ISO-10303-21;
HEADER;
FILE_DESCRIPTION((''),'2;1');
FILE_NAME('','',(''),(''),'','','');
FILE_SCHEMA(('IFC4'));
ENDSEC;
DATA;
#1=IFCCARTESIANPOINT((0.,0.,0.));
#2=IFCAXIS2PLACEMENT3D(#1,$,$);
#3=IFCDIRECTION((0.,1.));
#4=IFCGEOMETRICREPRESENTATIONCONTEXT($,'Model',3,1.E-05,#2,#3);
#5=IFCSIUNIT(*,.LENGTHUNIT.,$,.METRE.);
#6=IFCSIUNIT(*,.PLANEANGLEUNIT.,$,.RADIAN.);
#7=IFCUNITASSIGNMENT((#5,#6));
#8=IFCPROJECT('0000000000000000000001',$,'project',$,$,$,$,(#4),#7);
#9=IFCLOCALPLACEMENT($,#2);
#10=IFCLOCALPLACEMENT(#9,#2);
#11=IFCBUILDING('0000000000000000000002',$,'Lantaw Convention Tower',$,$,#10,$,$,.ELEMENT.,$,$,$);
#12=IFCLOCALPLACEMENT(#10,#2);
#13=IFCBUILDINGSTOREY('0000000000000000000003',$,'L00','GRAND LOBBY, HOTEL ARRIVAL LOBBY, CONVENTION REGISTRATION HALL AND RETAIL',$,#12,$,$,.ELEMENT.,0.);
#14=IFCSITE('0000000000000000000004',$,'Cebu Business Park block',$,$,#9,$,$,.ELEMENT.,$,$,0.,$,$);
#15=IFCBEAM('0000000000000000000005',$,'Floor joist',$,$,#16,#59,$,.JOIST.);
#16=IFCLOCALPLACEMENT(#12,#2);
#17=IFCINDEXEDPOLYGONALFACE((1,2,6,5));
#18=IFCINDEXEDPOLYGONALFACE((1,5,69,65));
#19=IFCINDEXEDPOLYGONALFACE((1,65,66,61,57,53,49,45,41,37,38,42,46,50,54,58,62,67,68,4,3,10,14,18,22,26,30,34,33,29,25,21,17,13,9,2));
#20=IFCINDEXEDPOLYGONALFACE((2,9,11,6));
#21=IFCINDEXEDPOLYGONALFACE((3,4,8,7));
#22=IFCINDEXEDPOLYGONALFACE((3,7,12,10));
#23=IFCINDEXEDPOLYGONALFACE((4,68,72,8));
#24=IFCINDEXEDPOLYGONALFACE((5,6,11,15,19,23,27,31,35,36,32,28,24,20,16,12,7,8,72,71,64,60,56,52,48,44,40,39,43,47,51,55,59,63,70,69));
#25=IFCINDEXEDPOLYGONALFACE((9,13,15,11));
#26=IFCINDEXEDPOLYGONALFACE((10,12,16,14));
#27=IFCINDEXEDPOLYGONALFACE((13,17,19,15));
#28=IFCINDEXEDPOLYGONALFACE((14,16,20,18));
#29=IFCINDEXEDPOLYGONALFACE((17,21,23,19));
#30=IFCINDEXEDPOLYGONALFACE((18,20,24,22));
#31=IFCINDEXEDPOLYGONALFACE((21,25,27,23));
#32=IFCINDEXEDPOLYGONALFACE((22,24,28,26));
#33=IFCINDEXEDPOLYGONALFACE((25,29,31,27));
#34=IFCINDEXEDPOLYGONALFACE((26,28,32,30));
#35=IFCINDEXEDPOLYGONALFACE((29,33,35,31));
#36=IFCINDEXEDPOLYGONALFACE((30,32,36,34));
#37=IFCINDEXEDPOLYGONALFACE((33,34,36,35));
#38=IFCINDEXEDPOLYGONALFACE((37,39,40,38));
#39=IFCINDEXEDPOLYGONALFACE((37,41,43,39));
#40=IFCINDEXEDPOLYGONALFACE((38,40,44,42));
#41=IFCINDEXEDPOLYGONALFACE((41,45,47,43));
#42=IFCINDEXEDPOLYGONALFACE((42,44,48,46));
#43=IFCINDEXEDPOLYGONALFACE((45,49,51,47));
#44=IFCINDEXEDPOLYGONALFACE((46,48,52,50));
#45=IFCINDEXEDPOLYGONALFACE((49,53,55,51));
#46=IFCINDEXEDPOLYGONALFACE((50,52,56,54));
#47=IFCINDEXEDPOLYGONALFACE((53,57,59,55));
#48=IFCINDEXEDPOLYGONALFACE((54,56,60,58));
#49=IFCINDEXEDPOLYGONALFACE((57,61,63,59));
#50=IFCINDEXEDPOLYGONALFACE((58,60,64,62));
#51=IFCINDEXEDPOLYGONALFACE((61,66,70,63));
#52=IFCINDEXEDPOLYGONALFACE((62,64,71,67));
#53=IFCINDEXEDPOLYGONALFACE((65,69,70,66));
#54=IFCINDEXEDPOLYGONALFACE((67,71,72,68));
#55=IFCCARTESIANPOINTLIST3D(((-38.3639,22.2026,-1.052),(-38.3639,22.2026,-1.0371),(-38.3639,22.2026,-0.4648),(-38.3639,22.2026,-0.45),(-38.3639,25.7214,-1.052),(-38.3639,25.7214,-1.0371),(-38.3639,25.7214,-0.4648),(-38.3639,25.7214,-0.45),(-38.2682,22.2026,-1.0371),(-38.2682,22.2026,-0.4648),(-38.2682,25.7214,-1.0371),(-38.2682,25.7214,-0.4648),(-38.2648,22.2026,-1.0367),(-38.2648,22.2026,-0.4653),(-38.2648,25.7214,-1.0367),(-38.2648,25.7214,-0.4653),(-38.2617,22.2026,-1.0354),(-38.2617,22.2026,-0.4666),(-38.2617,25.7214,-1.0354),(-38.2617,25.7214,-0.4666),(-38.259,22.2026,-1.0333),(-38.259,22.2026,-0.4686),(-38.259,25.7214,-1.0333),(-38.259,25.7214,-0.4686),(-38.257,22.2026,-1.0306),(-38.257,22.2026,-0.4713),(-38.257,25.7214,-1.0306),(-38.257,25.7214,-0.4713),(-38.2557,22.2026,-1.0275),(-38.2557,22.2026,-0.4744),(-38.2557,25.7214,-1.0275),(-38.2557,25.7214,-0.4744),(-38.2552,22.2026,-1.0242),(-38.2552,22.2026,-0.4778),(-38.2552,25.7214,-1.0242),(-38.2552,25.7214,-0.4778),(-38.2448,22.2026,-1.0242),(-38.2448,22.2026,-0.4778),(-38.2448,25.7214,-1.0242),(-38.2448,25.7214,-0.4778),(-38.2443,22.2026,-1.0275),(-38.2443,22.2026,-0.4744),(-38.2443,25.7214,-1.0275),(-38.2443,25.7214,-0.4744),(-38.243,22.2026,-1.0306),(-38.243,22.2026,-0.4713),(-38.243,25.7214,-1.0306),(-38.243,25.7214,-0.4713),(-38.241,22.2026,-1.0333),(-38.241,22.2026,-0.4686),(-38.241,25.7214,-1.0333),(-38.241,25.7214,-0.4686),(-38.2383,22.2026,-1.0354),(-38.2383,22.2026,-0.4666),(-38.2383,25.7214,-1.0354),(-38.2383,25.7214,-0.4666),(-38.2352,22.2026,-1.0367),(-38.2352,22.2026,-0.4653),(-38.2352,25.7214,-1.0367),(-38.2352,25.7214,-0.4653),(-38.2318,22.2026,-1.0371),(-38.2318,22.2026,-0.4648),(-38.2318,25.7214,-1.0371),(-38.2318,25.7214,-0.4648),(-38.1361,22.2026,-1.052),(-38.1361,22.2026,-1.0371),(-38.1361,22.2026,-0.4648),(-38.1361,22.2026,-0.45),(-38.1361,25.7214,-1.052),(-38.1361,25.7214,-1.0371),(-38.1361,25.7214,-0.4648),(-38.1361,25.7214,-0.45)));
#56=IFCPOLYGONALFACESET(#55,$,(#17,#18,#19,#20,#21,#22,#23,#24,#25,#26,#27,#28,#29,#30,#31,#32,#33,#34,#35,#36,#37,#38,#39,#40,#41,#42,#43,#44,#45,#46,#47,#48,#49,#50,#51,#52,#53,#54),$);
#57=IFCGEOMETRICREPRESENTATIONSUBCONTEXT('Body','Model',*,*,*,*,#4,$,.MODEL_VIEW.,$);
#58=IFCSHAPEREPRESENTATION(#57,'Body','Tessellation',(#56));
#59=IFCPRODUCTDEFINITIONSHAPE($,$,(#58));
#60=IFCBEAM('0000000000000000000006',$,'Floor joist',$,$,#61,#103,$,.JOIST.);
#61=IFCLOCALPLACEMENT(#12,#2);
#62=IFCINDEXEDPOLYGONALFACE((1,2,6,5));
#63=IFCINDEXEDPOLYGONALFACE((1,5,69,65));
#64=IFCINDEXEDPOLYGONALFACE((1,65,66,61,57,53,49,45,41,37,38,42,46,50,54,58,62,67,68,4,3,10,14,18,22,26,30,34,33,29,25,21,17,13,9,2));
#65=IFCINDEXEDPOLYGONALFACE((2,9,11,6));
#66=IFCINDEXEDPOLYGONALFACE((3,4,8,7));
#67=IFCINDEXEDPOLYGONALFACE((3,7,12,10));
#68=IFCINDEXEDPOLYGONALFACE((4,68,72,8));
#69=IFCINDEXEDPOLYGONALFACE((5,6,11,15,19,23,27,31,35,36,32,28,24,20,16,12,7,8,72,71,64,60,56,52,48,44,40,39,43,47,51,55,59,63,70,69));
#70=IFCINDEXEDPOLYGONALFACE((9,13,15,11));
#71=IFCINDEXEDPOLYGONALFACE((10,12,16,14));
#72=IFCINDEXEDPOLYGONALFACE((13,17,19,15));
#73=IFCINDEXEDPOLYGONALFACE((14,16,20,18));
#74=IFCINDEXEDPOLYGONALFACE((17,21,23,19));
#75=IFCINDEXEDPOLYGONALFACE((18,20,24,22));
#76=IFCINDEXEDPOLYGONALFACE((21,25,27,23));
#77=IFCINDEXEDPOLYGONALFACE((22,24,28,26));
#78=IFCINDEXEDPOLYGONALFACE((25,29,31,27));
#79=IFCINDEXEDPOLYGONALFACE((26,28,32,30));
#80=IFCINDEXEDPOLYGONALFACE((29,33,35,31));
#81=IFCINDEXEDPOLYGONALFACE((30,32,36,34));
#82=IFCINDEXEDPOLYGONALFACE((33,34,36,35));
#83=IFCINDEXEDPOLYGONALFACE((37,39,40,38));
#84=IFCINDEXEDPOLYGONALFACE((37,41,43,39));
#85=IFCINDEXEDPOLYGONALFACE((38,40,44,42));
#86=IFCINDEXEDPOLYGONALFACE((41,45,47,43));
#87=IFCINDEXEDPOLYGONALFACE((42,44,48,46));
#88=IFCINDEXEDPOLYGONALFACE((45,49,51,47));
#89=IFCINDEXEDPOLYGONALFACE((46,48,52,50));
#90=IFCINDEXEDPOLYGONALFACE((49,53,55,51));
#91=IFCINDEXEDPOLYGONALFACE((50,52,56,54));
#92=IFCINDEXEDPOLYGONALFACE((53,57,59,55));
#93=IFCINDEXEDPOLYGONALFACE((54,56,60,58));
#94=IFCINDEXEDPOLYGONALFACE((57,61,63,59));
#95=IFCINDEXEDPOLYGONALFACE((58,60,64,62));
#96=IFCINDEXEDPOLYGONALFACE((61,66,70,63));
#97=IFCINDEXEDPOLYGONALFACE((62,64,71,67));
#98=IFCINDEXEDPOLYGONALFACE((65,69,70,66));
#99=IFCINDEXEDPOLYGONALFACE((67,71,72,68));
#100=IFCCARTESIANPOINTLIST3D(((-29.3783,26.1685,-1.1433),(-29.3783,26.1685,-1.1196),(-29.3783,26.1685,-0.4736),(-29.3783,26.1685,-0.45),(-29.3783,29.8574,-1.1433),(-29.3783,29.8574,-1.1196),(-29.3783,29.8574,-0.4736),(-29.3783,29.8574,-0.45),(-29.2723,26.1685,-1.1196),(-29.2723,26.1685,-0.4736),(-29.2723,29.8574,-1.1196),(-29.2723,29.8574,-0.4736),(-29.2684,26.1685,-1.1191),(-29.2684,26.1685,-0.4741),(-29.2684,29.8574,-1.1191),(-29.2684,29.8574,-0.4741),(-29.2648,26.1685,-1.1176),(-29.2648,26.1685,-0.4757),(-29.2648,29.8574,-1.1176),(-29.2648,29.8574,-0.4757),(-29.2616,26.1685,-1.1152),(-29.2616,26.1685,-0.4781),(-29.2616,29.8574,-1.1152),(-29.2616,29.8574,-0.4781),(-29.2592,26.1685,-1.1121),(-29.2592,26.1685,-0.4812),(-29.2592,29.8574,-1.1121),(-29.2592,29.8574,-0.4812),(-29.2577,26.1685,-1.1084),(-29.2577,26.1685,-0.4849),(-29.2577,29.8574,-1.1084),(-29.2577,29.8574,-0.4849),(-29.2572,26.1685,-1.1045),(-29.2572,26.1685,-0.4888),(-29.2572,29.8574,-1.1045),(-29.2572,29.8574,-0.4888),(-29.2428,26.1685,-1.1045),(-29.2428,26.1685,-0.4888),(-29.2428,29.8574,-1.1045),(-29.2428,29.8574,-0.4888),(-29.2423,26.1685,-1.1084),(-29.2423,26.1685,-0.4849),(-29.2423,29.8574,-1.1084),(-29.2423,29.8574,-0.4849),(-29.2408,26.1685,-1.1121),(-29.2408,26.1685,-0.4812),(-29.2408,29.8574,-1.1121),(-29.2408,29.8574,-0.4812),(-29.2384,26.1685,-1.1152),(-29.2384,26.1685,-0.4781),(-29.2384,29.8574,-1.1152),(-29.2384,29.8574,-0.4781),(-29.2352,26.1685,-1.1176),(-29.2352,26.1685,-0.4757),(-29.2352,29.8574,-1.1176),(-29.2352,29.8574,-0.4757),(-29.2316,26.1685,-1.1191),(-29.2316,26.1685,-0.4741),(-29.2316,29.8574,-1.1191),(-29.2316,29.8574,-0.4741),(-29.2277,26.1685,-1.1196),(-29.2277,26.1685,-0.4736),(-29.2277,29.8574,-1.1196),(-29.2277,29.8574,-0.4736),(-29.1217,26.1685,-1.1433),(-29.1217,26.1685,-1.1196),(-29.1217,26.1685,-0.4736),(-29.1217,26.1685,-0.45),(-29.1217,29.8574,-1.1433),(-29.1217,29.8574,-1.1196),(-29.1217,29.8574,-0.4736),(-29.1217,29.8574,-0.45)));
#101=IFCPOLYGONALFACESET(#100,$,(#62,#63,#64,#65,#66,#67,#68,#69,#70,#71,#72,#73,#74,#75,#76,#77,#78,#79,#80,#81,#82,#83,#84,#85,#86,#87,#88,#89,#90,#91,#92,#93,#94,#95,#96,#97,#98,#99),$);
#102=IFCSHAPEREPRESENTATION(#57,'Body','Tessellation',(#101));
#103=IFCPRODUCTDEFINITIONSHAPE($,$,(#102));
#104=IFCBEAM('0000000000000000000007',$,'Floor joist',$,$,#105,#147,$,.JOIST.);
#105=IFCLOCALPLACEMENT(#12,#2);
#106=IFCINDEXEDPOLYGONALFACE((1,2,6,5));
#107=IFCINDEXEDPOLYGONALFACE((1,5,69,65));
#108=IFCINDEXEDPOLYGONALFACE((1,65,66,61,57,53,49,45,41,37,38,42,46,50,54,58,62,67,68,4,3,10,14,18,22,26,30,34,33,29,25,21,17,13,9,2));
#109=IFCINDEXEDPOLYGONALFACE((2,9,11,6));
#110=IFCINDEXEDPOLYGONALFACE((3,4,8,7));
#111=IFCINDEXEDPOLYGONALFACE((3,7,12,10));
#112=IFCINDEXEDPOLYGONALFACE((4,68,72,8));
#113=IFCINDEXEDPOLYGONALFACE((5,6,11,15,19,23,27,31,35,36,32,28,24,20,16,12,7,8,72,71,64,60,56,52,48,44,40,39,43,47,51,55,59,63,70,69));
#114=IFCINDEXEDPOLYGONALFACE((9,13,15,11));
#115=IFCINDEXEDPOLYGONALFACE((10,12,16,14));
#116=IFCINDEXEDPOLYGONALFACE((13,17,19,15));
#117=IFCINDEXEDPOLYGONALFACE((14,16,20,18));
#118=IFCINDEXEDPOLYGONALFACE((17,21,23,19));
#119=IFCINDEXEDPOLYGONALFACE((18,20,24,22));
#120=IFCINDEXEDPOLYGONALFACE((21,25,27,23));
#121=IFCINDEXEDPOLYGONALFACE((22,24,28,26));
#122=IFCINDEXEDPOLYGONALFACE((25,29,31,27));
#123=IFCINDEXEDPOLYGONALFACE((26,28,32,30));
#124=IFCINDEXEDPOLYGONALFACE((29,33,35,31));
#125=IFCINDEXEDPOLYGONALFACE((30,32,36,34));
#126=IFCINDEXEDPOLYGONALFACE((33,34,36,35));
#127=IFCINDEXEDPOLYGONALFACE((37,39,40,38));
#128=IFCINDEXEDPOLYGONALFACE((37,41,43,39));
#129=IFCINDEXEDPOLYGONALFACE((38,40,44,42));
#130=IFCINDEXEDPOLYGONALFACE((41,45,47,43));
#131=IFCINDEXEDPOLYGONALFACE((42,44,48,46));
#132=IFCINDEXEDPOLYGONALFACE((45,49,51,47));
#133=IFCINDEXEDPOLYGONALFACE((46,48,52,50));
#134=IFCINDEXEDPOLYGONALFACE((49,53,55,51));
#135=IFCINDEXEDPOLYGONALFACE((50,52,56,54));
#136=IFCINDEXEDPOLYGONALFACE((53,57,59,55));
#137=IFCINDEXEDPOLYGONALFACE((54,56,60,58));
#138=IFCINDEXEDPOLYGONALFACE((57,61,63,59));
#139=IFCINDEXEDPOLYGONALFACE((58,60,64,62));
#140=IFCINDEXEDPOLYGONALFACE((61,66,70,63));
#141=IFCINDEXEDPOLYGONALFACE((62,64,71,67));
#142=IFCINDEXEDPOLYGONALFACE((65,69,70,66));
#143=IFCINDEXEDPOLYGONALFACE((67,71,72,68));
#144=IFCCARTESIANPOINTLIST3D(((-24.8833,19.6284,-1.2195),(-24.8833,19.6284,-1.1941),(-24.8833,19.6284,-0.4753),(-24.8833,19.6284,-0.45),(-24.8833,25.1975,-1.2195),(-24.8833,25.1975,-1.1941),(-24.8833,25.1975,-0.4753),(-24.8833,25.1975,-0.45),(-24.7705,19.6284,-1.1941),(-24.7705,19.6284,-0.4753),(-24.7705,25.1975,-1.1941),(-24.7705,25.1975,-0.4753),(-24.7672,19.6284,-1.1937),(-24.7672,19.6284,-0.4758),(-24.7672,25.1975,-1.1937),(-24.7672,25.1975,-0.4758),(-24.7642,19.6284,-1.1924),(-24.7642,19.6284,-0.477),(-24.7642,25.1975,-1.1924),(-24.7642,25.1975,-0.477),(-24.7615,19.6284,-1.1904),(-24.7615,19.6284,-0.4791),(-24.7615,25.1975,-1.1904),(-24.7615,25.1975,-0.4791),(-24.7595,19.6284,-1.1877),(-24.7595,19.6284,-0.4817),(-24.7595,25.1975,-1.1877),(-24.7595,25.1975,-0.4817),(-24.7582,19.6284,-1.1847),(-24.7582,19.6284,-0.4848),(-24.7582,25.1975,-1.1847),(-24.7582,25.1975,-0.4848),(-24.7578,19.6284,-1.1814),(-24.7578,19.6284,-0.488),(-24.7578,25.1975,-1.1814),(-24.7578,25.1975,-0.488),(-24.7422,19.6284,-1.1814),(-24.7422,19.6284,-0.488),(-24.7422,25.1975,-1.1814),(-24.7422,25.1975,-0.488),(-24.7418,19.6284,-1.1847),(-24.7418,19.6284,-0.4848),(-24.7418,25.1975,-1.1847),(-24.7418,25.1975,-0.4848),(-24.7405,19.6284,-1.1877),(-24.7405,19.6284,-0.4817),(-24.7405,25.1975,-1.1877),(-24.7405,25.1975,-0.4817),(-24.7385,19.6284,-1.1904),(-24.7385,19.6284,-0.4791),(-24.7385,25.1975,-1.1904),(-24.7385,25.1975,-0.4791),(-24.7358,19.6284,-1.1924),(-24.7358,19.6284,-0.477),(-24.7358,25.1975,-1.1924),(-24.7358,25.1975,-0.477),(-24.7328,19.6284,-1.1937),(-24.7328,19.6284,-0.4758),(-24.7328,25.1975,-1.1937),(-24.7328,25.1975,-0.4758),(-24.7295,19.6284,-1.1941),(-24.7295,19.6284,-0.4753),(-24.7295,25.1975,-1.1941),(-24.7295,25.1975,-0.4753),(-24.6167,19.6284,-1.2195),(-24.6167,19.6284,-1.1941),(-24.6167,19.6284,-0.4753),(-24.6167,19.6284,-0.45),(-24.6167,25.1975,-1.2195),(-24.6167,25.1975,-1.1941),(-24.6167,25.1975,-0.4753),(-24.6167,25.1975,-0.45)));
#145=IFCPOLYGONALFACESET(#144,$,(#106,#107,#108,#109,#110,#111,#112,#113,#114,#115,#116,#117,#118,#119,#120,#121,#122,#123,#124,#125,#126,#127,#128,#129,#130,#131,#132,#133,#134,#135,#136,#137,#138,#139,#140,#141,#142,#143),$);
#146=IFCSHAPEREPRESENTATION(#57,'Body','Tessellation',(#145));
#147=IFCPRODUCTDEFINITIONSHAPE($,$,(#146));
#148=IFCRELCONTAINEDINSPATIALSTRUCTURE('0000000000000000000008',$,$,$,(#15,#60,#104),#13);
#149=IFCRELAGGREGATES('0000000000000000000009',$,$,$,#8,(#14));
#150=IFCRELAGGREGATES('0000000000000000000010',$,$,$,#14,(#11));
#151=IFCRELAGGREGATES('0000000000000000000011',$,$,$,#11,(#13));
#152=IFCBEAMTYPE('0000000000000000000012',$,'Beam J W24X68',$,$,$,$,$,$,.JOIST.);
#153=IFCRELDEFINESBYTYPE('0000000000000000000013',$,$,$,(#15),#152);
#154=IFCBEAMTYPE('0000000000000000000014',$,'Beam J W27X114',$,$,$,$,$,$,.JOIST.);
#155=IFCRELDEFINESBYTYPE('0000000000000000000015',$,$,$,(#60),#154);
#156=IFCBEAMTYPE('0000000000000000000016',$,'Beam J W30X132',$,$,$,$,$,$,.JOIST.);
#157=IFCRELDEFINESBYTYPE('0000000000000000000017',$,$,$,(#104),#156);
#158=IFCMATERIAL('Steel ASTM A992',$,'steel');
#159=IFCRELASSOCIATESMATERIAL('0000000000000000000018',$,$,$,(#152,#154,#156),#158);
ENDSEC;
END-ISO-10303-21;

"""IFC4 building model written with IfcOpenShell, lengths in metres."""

from ifc_helpers import new_model, si_unit, direction, frame, origin, origin_2d, place, context, subcontext, project, spatial, i_section, extrude, material, material_profile, profile_set, type_object, element, save


model = new_model("IFC4")

# Units and contexts
model_context = context("Model", 3, precision=1e-05, world=origin(), true_north=direction((0.0, 1.0)))
body_context = subcontext(model_context, "Body", "Model", "MODEL_VIEW")
ifc_project = project(units=[si_unit("LENGTHUNIT", "METRE"), si_unit("PLANEANGLEUNIT", "RADIAN")], contexts=[model_context])

# Site, building, storey
site_placement = place(None, origin())
site = spatial("IfcSite", under=ifc_project, at=site_placement, Name="Cebu Business Park block", CompositionType="ELEMENT", RefElevation=0.0)
building_placement = place(site_placement, origin())
building = spatial("IfcBuilding", under=site, at=building_placement, Name="Lantaw Convention Tower", CompositionType="ELEMENT")
storey_placement = place(building_placement, origin())
storey = spatial("IfcBuildingStorey", under=building, at=storey_placement, Name="L00", Description="GRAND LOBBY, HOTEL ARRIVAL LOBBY, CONVENTION REGISTRATION HALL AND RETAIL", CompositionType="ELEMENT", Elevation=0.0)

# Beams
ifc_material_1 = material(Name="Steel ASTM A992", Category="steel")
ifc_material_profile_1 = material_profile(ifc_material_1, i_section(OverallWidth=0.2278, OverallDepth=0.6021, WebThickness=0.0105, FlangeThickness=0.0149, FilletRadius=0.0129, at=origin_2d()), Name="W24X68")
ifc_profile_set_1 = profile_set([ifc_material_profile_1], Name="Steel ASTM A992")
beam_type_1 = type_object("IfcBeamType", Name="Beam J W24X68", PredefinedType="JOIST", material=ifc_profile_set_1)
beam_1_placement = place(storey_placement, frame((-38.25, 22.2026, -0.751), z_axis=(0.0, 1.0, 0.0), x_axis=(-1.0, 0.0, 0.0)))
element("IfcBeam", 1, at=beam_1_placement, inside=storey, type_object=beam_type_1, Name="Floor joist", PredefinedType="JOIST", context=body_context, shape_type="SweptSolid", body=[
    extrude(i_section(OverallWidth=0.2278, OverallDepth=0.6021, WebThickness=0.0105, FlangeThickness=0.0149, FilletRadius=0.0129, at=origin_2d()), origin(), (0.0, 0.0, 1.0), 3.5188),
])
ifc_material_profile_2 = material_profile(ifc_material_1, i_section(OverallWidth=0.2566, OverallDepth=0.6934, WebThickness=0.0144, FlangeThickness=0.0237, FilletRadius=0.0151, at=origin_2d()), Name="W27X114")
ifc_profile_set_2 = profile_set([ifc_material_profile_2], Name="Steel ASTM A992")
beam_type_2 = type_object("IfcBeamType", Name="Beam J W27X114", PredefinedType="JOIST", material=ifc_profile_set_2)
beam_2_placement = place(storey_placement, frame((-29.25, 26.1685, -0.7966), z_axis=(0.0, 1.0, 0.0), x_axis=(-1.0, 0.0, 0.0)))
element("IfcBeam", 2, at=beam_2_placement, inside=storey, type_object=beam_type_2, Name="Floor joist", PredefinedType="JOIST", context=body_context, shape_type="SweptSolid", body=[
    extrude(i_section(OverallWidth=0.2566, OverallDepth=0.6934, WebThickness=0.0144, FlangeThickness=0.0237, FilletRadius=0.0151, at=origin_2d()), origin(), (0.0, 0.0, 1.0), 3.689),
])
ifc_material_profile_3 = material_profile(ifc_material_1, i_section(OverallWidth=0.2666, OverallDepth=0.7695, WebThickness=0.0156, FlangeThickness=0.0254, FilletRadius=0.0127, at=origin_2d()), Name="W30X132")
ifc_profile_set_3 = profile_set([ifc_material_profile_3], Name="Steel ASTM A992")
beam_type_3 = type_object("IfcBeamType", Name="Beam J W30X132", PredefinedType="JOIST", material=ifc_profile_set_3)
beam_3_placement = place(storey_placement, frame((-24.75, 19.6284, -0.8347), z_axis=(0.0, 1.0, 0.0), x_axis=(-1.0, 0.0, 0.0)))
element("IfcBeam", 3, at=beam_3_placement, inside=storey, type_object=beam_type_3, Name="Floor joist", PredefinedType="JOIST", context=body_context, shape_type="SweptSolid", body=[
    extrude(i_section(OverallWidth=0.2666, OverallDepth=0.7695, WebThickness=0.0156, FlangeThickness=0.0254, FilletRadius=0.0127, at=origin_2d()), origin(), (0.0, 0.0, 1.0), 5.5691),
])

save(model, "model.ifc")
